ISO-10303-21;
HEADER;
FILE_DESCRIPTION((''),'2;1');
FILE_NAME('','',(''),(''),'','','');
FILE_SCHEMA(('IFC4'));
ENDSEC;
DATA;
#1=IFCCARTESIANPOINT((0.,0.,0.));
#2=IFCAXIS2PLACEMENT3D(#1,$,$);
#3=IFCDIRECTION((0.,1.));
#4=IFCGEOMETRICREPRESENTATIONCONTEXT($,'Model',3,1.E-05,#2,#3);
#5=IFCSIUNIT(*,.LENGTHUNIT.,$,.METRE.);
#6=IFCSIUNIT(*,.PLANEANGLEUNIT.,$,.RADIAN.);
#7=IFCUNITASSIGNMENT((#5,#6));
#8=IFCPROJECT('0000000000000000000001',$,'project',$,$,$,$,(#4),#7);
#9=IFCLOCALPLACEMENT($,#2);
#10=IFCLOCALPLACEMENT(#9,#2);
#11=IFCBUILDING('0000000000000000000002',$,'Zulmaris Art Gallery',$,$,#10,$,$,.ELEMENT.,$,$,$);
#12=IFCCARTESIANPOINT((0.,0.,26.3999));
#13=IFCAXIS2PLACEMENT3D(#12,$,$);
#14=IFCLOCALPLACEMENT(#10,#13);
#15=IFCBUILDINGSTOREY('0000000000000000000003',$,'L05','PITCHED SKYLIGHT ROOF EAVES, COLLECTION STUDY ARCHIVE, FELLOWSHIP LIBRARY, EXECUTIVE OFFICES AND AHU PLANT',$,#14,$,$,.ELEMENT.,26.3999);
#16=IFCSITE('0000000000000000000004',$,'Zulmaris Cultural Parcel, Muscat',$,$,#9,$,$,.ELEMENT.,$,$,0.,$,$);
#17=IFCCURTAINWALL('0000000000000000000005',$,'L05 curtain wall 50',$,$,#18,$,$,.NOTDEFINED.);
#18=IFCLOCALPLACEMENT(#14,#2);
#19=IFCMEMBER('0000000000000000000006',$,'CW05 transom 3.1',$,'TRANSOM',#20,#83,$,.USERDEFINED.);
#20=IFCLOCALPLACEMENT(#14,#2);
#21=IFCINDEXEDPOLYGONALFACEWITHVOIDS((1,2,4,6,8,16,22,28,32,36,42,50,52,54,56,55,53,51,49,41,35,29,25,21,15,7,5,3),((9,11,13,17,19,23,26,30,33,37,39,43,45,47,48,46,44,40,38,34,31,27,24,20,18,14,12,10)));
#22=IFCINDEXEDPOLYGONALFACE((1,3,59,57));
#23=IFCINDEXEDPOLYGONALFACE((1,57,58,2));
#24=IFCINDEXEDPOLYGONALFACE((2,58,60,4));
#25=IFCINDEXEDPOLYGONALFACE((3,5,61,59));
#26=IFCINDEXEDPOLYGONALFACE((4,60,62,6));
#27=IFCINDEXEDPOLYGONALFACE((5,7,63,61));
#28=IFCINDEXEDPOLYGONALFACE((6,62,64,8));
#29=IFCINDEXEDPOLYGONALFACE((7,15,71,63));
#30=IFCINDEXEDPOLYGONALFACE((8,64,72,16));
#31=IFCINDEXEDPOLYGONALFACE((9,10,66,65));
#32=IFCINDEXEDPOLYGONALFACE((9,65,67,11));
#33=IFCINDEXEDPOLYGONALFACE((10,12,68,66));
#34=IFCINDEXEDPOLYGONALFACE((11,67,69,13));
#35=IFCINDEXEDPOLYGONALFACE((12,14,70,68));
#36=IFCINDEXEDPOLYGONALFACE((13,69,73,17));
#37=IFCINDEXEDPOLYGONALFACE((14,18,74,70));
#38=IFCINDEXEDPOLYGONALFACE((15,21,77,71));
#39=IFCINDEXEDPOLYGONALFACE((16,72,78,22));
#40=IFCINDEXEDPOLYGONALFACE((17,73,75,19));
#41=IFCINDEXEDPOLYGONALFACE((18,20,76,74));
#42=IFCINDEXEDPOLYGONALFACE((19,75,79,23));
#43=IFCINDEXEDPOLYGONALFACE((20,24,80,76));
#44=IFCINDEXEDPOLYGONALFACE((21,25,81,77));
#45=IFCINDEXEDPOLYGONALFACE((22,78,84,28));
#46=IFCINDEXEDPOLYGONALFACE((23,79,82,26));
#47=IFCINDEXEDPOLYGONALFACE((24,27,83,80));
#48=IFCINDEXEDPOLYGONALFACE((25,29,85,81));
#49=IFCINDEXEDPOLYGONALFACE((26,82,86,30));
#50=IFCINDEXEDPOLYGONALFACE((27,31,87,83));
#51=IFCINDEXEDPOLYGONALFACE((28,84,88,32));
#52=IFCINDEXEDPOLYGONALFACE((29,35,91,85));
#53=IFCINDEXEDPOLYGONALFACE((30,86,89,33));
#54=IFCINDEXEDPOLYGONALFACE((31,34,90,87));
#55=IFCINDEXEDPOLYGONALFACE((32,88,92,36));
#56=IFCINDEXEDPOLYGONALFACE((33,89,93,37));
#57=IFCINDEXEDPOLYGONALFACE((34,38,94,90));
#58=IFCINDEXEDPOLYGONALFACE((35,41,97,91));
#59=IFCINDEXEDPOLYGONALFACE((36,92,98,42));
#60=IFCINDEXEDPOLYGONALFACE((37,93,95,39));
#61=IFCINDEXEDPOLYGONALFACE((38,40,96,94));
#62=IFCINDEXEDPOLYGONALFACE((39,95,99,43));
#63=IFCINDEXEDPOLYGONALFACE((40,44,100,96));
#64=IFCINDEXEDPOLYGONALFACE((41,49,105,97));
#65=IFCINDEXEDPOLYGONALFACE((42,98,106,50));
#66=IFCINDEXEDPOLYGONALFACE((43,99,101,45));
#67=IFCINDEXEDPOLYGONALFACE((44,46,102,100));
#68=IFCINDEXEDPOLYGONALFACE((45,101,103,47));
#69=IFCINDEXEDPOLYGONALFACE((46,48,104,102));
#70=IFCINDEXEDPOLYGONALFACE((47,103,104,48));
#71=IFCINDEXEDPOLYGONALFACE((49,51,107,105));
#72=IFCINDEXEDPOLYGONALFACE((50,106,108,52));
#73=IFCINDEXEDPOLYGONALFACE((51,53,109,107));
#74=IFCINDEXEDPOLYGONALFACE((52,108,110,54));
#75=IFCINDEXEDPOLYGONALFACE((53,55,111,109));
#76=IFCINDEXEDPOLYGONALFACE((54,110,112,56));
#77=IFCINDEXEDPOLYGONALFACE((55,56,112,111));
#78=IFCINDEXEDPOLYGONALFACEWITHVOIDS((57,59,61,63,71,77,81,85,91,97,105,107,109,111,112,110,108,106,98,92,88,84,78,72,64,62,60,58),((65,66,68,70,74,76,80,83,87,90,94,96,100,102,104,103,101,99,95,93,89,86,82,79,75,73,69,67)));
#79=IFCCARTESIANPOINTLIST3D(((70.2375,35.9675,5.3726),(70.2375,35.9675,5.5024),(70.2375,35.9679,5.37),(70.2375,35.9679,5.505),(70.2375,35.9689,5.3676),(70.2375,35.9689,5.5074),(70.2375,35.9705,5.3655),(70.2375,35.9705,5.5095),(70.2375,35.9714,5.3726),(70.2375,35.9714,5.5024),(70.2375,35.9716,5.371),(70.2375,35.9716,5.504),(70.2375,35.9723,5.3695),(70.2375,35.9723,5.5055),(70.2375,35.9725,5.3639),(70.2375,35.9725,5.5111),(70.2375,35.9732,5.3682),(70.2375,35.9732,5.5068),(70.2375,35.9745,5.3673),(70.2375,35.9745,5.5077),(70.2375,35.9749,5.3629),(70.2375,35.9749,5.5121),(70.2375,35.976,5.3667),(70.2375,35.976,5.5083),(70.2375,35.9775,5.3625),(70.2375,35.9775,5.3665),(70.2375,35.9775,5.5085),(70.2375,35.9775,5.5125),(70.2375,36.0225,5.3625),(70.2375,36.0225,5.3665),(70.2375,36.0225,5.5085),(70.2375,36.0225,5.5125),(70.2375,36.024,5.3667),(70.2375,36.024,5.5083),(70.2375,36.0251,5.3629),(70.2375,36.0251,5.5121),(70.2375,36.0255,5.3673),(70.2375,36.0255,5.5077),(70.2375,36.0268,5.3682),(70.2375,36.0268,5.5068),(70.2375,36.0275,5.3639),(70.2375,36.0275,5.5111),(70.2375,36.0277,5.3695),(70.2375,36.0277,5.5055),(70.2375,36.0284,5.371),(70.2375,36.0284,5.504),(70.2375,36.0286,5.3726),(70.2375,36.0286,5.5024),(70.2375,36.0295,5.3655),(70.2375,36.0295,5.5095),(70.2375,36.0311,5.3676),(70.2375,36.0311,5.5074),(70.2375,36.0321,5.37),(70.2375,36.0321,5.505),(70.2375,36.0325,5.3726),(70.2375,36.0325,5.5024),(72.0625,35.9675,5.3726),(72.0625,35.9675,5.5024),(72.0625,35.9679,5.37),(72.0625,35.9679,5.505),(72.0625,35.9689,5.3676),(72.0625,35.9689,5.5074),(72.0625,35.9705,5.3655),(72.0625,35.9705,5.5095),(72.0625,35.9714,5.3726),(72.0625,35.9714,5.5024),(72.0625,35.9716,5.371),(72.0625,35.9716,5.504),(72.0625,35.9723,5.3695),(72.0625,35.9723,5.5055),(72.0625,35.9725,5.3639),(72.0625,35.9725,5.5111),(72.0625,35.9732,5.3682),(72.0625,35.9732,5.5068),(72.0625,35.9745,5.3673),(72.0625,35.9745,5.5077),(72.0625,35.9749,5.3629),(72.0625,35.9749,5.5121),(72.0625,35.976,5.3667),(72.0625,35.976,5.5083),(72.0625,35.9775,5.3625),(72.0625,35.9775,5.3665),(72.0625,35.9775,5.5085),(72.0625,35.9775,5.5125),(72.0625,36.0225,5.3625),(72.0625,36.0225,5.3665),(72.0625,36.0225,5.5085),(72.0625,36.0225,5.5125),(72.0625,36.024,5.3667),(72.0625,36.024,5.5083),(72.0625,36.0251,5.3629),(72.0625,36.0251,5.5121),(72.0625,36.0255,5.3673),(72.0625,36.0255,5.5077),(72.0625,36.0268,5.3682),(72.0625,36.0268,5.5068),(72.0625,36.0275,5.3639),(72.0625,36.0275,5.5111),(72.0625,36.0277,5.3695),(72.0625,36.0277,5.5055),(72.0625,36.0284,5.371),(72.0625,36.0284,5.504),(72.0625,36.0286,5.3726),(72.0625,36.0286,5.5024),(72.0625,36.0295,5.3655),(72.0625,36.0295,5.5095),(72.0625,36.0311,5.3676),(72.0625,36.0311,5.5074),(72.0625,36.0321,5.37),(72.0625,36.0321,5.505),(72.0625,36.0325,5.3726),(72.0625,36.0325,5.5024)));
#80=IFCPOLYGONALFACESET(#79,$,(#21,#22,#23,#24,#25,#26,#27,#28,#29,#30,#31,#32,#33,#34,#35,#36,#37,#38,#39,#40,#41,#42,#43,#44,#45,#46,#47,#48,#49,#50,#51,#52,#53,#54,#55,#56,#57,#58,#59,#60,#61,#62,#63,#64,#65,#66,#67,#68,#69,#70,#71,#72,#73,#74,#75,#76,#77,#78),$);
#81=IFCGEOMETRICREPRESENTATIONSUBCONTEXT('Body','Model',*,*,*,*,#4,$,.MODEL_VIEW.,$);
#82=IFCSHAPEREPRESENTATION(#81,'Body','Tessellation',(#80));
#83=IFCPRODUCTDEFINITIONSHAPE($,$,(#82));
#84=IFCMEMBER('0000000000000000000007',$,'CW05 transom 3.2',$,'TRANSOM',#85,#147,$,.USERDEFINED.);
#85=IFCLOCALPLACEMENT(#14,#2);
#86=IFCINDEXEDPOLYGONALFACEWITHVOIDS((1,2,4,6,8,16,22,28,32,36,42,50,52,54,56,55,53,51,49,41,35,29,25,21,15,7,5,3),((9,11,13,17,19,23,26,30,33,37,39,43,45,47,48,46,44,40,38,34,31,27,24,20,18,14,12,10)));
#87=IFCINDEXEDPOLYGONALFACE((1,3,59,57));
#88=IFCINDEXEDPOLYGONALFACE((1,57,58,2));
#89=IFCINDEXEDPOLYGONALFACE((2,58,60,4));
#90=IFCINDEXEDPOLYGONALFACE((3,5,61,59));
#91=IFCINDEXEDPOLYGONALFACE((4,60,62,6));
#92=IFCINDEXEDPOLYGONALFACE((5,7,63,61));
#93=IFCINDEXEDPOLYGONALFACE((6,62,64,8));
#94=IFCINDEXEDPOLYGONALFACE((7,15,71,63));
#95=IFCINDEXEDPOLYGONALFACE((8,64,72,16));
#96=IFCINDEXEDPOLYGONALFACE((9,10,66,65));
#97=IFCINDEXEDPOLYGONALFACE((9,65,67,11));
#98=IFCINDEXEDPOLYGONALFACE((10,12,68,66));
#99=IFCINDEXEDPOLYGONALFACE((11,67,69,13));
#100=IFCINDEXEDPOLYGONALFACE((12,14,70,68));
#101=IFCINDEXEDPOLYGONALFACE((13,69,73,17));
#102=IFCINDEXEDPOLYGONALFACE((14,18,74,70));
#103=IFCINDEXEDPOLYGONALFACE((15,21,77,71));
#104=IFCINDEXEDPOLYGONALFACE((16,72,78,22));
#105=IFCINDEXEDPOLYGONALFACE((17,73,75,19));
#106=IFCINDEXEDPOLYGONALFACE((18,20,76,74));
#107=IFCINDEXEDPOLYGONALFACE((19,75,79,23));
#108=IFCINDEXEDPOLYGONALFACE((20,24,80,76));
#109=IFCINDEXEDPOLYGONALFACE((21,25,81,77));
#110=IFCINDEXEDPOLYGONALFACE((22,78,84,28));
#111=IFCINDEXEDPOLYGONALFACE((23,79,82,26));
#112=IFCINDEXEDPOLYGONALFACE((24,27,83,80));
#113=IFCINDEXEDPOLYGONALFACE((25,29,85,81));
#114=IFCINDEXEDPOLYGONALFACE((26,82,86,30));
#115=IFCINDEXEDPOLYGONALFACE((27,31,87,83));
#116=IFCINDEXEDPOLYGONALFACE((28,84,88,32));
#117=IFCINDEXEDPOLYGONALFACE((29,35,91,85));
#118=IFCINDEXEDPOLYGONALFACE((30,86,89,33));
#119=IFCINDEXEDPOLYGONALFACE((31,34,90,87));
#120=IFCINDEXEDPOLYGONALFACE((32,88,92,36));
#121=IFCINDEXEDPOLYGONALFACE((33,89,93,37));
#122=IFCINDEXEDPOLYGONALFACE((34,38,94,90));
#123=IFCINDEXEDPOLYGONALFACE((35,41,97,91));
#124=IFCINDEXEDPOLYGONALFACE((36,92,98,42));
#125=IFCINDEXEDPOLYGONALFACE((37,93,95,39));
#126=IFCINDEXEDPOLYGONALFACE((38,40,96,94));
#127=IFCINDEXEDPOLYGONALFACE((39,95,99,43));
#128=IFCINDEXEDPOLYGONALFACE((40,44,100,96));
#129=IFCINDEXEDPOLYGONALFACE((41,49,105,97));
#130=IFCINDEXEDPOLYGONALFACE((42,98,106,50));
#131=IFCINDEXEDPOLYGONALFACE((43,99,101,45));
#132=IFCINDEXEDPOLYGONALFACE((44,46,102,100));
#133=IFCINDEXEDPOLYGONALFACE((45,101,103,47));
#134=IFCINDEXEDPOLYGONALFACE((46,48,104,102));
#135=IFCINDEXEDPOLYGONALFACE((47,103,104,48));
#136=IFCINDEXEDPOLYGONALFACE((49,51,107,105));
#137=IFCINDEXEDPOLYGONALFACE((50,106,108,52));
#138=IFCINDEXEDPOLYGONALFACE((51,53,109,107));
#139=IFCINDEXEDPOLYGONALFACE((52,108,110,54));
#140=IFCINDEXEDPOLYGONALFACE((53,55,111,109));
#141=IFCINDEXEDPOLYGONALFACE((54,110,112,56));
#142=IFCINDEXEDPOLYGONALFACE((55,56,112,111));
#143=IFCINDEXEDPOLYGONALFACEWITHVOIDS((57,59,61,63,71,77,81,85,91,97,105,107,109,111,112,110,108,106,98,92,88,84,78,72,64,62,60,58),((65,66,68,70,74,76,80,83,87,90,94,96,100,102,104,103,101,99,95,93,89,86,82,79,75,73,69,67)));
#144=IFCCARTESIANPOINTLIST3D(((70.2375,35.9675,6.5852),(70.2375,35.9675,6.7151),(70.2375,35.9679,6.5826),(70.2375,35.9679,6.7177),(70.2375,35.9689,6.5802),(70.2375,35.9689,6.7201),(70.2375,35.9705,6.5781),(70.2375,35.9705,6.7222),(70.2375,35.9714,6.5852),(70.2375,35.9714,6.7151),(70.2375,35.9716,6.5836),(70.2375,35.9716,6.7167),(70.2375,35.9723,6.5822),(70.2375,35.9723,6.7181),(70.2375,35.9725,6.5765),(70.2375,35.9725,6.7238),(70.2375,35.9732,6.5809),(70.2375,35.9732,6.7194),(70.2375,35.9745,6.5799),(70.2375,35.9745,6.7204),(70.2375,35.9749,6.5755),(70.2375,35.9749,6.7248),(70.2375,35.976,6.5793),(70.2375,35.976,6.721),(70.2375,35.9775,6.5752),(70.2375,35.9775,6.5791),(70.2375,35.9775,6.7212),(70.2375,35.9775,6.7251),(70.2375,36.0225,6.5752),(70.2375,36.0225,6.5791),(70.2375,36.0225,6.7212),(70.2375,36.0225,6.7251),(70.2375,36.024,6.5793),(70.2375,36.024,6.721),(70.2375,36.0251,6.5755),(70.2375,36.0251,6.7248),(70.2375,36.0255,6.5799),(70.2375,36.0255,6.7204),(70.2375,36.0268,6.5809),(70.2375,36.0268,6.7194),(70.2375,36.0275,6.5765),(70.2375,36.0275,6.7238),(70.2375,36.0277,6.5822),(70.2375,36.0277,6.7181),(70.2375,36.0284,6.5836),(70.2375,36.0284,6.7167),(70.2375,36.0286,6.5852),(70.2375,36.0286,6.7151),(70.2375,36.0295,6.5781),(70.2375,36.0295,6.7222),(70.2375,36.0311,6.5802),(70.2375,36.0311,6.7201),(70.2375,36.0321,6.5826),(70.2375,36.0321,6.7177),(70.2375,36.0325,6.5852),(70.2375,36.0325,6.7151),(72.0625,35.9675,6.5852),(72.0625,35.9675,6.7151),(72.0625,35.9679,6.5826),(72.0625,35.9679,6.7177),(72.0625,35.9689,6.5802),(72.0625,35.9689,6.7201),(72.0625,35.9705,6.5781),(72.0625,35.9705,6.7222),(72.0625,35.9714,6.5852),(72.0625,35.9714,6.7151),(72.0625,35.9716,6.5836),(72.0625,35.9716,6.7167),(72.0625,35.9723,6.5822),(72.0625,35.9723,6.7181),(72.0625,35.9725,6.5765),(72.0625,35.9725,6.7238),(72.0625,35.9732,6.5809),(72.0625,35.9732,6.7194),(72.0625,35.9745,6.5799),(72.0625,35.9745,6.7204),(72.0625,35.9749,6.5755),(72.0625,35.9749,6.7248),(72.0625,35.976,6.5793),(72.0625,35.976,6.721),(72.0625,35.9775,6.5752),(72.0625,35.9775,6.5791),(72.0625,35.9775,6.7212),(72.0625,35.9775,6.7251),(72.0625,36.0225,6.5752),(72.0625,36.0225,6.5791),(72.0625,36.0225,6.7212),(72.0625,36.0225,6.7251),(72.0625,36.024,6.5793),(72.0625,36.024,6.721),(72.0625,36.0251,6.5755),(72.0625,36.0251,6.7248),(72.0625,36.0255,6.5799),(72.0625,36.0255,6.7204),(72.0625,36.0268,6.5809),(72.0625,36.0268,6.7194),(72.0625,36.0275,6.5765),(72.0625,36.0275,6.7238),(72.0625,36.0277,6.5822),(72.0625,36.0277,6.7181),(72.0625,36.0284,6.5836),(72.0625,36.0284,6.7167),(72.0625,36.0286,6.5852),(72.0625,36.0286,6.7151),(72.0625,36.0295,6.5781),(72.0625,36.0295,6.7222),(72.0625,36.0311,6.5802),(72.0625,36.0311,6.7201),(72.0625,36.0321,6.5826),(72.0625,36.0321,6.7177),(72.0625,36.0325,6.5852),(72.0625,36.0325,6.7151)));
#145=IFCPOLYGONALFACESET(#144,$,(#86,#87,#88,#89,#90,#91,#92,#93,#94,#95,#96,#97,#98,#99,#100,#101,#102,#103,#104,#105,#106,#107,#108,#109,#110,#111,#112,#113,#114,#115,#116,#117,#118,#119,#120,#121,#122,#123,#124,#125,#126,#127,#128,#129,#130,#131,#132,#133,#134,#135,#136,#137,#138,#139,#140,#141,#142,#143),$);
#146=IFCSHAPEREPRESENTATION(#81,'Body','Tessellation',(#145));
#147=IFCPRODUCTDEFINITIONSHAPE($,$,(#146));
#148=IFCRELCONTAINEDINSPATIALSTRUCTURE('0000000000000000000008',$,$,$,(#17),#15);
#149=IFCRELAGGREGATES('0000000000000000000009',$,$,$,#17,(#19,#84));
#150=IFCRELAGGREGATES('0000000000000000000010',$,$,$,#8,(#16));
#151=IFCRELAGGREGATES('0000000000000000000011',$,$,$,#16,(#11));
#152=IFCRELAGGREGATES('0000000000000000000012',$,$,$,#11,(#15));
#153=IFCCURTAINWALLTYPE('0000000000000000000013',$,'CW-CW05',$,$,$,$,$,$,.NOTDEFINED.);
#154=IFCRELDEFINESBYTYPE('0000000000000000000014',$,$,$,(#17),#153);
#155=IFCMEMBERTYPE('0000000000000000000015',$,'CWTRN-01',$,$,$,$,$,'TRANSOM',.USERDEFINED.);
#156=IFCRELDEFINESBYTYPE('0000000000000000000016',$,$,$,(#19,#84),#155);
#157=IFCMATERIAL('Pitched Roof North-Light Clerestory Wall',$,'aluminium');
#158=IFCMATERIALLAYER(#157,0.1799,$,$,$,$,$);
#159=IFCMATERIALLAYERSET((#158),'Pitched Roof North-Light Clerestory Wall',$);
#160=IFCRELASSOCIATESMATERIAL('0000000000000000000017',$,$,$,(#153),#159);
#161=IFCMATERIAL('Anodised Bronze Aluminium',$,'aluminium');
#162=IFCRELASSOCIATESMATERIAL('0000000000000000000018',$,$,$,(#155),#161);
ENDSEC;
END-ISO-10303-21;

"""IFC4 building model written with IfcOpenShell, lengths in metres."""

from ifc_helpers import new_model, si_unit, direction, frame, origin, origin_2d, place, context, subcontext, project, spatial, hollow_rectangle, extrude, material, layer, layer_set, material_profile, profile_set, type_object, element, aggregate, save


model = new_model("IFC4")

# Units and contexts
model_context = context("Model", 3, precision=1e-05, world=origin(), true_north=direction((0.0, 1.0)))
body_context = subcontext(model_context, "Body", "Model", "MODEL_VIEW")
ifc_project = project(units=[si_unit("LENGTHUNIT", "METRE"), si_unit("PLANEANGLEUNIT", "RADIAN")], contexts=[model_context])

# Site, building, storey
site_placement = place(None, origin())
site = spatial("IfcSite", under=ifc_project, at=site_placement, Name="Zulmaris Cultural Parcel, Muscat", CompositionType="ELEMENT", RefElevation=0.0)
building_placement = place(site_placement, origin())
building = spatial("IfcBuilding", under=site, at=building_placement, Name="Zulmaris Art Gallery", CompositionType="ELEMENT")
storey_placement = place(building_placement, frame((0.0, 0.0, 26.3999)))
storey = spatial("IfcBuildingStorey", under=building, at=storey_placement, Name="L05", Description="PITCHED SKYLIGHT ROOF EAVES, COLLECTION STUDY ARCHIVE, FELLOWSHIP LIBRARY, EXECUTIVE OFFICES AND AHU PLANT", CompositionType="ELEMENT", Elevation=26.3999)

# Curtain wall, members
ifc_material_1 = material(Name="Pitched Roof North-Light Clerestory Wall", Category="aluminium")
ifc_layer_1 = layer(ifc_material_1, 0.1799)
ifc_layer_set_1 = layer_set([ifc_layer_1], Name="Pitched Roof North-Light Clerestory Wall")
curtain_wall_type = type_object("IfcCurtainWallType", Name="CW-CW05", PredefinedType="NOTDEFINED", material=ifc_layer_set_1)
curtain_wall_placement = place(storey_placement, origin())
curtain_wall = element("IfcCurtainWall", 1, at=curtain_wall_placement, inside=storey, type_object=curtain_wall_type, Name="L05 curtain wall 50", PredefinedType="NOTDEFINED")
ifc_material_2 = material(Name="Anodised Bronze Aluminium", Category="aluminium")
ifc_material_profile_1 = material_profile(ifc_material_2, hollow_rectangle(XDim=0.0649, YDim=0.1499, WallThickness=0.0039, InnerFilletRadius=0.0061, OuterFilletRadius=0.01, at=origin_2d()), Name="ALU 65x150x4")
ifc_profile_set_1 = profile_set([ifc_material_profile_1], Name="Anodised Bronze Aluminium")
member_type_1 = type_object("IfcMemberType", Name="CWTRN-01", ElementType="TRANSOM", PredefinedType="USERDEFINED", material=ifc_profile_set_1)
member_1_placement = place(storey_placement, frame((70.2375, 36.0, 5.4375), z_axis=(1.0, 0.0, 0.0), x_axis=(0.0, 1.0, 0.0)))
member_1 = element("IfcMember", 2, at=member_1_placement, type_object=member_type_1, Name="CW05 transom 3.1", ObjectType="TRANSOM", PredefinedType="USERDEFINED", context=body_context, shape_type="SweptSolid", body=[
    extrude(hollow_rectangle(XDim=0.0649, YDim=0.1499, WallThickness=0.0039, InnerFilletRadius=0.0061, OuterFilletRadius=0.01, at=origin_2d()), origin(), (0.0, 0.0, 1.0), 1.825),
])
member_2_placement = place(storey_placement, frame((70.2375, 36.0, 6.6501), z_axis=(1.0, 0.0, 0.0), x_axis=(0.0, 1.0, 0.0)))
member_2 = element("IfcMember", 3, at=member_2_placement, type_object=member_type_1, Name="CW05 transom 3.2", ObjectType="TRANSOM", PredefinedType="USERDEFINED", context=body_context, shape_type="SweptSolid", body=[
    extrude(hollow_rectangle(XDim=0.0649, YDim=0.1499, WallThickness=0.0039, InnerFilletRadius=0.0061, OuterFilletRadius=0.01, at=origin_2d()), origin(), (0.0, 0.0, 1.0), 1.825),
])

aggregate(curtain_wall, [member_1, member_2])

save(model, "model.ifc")
